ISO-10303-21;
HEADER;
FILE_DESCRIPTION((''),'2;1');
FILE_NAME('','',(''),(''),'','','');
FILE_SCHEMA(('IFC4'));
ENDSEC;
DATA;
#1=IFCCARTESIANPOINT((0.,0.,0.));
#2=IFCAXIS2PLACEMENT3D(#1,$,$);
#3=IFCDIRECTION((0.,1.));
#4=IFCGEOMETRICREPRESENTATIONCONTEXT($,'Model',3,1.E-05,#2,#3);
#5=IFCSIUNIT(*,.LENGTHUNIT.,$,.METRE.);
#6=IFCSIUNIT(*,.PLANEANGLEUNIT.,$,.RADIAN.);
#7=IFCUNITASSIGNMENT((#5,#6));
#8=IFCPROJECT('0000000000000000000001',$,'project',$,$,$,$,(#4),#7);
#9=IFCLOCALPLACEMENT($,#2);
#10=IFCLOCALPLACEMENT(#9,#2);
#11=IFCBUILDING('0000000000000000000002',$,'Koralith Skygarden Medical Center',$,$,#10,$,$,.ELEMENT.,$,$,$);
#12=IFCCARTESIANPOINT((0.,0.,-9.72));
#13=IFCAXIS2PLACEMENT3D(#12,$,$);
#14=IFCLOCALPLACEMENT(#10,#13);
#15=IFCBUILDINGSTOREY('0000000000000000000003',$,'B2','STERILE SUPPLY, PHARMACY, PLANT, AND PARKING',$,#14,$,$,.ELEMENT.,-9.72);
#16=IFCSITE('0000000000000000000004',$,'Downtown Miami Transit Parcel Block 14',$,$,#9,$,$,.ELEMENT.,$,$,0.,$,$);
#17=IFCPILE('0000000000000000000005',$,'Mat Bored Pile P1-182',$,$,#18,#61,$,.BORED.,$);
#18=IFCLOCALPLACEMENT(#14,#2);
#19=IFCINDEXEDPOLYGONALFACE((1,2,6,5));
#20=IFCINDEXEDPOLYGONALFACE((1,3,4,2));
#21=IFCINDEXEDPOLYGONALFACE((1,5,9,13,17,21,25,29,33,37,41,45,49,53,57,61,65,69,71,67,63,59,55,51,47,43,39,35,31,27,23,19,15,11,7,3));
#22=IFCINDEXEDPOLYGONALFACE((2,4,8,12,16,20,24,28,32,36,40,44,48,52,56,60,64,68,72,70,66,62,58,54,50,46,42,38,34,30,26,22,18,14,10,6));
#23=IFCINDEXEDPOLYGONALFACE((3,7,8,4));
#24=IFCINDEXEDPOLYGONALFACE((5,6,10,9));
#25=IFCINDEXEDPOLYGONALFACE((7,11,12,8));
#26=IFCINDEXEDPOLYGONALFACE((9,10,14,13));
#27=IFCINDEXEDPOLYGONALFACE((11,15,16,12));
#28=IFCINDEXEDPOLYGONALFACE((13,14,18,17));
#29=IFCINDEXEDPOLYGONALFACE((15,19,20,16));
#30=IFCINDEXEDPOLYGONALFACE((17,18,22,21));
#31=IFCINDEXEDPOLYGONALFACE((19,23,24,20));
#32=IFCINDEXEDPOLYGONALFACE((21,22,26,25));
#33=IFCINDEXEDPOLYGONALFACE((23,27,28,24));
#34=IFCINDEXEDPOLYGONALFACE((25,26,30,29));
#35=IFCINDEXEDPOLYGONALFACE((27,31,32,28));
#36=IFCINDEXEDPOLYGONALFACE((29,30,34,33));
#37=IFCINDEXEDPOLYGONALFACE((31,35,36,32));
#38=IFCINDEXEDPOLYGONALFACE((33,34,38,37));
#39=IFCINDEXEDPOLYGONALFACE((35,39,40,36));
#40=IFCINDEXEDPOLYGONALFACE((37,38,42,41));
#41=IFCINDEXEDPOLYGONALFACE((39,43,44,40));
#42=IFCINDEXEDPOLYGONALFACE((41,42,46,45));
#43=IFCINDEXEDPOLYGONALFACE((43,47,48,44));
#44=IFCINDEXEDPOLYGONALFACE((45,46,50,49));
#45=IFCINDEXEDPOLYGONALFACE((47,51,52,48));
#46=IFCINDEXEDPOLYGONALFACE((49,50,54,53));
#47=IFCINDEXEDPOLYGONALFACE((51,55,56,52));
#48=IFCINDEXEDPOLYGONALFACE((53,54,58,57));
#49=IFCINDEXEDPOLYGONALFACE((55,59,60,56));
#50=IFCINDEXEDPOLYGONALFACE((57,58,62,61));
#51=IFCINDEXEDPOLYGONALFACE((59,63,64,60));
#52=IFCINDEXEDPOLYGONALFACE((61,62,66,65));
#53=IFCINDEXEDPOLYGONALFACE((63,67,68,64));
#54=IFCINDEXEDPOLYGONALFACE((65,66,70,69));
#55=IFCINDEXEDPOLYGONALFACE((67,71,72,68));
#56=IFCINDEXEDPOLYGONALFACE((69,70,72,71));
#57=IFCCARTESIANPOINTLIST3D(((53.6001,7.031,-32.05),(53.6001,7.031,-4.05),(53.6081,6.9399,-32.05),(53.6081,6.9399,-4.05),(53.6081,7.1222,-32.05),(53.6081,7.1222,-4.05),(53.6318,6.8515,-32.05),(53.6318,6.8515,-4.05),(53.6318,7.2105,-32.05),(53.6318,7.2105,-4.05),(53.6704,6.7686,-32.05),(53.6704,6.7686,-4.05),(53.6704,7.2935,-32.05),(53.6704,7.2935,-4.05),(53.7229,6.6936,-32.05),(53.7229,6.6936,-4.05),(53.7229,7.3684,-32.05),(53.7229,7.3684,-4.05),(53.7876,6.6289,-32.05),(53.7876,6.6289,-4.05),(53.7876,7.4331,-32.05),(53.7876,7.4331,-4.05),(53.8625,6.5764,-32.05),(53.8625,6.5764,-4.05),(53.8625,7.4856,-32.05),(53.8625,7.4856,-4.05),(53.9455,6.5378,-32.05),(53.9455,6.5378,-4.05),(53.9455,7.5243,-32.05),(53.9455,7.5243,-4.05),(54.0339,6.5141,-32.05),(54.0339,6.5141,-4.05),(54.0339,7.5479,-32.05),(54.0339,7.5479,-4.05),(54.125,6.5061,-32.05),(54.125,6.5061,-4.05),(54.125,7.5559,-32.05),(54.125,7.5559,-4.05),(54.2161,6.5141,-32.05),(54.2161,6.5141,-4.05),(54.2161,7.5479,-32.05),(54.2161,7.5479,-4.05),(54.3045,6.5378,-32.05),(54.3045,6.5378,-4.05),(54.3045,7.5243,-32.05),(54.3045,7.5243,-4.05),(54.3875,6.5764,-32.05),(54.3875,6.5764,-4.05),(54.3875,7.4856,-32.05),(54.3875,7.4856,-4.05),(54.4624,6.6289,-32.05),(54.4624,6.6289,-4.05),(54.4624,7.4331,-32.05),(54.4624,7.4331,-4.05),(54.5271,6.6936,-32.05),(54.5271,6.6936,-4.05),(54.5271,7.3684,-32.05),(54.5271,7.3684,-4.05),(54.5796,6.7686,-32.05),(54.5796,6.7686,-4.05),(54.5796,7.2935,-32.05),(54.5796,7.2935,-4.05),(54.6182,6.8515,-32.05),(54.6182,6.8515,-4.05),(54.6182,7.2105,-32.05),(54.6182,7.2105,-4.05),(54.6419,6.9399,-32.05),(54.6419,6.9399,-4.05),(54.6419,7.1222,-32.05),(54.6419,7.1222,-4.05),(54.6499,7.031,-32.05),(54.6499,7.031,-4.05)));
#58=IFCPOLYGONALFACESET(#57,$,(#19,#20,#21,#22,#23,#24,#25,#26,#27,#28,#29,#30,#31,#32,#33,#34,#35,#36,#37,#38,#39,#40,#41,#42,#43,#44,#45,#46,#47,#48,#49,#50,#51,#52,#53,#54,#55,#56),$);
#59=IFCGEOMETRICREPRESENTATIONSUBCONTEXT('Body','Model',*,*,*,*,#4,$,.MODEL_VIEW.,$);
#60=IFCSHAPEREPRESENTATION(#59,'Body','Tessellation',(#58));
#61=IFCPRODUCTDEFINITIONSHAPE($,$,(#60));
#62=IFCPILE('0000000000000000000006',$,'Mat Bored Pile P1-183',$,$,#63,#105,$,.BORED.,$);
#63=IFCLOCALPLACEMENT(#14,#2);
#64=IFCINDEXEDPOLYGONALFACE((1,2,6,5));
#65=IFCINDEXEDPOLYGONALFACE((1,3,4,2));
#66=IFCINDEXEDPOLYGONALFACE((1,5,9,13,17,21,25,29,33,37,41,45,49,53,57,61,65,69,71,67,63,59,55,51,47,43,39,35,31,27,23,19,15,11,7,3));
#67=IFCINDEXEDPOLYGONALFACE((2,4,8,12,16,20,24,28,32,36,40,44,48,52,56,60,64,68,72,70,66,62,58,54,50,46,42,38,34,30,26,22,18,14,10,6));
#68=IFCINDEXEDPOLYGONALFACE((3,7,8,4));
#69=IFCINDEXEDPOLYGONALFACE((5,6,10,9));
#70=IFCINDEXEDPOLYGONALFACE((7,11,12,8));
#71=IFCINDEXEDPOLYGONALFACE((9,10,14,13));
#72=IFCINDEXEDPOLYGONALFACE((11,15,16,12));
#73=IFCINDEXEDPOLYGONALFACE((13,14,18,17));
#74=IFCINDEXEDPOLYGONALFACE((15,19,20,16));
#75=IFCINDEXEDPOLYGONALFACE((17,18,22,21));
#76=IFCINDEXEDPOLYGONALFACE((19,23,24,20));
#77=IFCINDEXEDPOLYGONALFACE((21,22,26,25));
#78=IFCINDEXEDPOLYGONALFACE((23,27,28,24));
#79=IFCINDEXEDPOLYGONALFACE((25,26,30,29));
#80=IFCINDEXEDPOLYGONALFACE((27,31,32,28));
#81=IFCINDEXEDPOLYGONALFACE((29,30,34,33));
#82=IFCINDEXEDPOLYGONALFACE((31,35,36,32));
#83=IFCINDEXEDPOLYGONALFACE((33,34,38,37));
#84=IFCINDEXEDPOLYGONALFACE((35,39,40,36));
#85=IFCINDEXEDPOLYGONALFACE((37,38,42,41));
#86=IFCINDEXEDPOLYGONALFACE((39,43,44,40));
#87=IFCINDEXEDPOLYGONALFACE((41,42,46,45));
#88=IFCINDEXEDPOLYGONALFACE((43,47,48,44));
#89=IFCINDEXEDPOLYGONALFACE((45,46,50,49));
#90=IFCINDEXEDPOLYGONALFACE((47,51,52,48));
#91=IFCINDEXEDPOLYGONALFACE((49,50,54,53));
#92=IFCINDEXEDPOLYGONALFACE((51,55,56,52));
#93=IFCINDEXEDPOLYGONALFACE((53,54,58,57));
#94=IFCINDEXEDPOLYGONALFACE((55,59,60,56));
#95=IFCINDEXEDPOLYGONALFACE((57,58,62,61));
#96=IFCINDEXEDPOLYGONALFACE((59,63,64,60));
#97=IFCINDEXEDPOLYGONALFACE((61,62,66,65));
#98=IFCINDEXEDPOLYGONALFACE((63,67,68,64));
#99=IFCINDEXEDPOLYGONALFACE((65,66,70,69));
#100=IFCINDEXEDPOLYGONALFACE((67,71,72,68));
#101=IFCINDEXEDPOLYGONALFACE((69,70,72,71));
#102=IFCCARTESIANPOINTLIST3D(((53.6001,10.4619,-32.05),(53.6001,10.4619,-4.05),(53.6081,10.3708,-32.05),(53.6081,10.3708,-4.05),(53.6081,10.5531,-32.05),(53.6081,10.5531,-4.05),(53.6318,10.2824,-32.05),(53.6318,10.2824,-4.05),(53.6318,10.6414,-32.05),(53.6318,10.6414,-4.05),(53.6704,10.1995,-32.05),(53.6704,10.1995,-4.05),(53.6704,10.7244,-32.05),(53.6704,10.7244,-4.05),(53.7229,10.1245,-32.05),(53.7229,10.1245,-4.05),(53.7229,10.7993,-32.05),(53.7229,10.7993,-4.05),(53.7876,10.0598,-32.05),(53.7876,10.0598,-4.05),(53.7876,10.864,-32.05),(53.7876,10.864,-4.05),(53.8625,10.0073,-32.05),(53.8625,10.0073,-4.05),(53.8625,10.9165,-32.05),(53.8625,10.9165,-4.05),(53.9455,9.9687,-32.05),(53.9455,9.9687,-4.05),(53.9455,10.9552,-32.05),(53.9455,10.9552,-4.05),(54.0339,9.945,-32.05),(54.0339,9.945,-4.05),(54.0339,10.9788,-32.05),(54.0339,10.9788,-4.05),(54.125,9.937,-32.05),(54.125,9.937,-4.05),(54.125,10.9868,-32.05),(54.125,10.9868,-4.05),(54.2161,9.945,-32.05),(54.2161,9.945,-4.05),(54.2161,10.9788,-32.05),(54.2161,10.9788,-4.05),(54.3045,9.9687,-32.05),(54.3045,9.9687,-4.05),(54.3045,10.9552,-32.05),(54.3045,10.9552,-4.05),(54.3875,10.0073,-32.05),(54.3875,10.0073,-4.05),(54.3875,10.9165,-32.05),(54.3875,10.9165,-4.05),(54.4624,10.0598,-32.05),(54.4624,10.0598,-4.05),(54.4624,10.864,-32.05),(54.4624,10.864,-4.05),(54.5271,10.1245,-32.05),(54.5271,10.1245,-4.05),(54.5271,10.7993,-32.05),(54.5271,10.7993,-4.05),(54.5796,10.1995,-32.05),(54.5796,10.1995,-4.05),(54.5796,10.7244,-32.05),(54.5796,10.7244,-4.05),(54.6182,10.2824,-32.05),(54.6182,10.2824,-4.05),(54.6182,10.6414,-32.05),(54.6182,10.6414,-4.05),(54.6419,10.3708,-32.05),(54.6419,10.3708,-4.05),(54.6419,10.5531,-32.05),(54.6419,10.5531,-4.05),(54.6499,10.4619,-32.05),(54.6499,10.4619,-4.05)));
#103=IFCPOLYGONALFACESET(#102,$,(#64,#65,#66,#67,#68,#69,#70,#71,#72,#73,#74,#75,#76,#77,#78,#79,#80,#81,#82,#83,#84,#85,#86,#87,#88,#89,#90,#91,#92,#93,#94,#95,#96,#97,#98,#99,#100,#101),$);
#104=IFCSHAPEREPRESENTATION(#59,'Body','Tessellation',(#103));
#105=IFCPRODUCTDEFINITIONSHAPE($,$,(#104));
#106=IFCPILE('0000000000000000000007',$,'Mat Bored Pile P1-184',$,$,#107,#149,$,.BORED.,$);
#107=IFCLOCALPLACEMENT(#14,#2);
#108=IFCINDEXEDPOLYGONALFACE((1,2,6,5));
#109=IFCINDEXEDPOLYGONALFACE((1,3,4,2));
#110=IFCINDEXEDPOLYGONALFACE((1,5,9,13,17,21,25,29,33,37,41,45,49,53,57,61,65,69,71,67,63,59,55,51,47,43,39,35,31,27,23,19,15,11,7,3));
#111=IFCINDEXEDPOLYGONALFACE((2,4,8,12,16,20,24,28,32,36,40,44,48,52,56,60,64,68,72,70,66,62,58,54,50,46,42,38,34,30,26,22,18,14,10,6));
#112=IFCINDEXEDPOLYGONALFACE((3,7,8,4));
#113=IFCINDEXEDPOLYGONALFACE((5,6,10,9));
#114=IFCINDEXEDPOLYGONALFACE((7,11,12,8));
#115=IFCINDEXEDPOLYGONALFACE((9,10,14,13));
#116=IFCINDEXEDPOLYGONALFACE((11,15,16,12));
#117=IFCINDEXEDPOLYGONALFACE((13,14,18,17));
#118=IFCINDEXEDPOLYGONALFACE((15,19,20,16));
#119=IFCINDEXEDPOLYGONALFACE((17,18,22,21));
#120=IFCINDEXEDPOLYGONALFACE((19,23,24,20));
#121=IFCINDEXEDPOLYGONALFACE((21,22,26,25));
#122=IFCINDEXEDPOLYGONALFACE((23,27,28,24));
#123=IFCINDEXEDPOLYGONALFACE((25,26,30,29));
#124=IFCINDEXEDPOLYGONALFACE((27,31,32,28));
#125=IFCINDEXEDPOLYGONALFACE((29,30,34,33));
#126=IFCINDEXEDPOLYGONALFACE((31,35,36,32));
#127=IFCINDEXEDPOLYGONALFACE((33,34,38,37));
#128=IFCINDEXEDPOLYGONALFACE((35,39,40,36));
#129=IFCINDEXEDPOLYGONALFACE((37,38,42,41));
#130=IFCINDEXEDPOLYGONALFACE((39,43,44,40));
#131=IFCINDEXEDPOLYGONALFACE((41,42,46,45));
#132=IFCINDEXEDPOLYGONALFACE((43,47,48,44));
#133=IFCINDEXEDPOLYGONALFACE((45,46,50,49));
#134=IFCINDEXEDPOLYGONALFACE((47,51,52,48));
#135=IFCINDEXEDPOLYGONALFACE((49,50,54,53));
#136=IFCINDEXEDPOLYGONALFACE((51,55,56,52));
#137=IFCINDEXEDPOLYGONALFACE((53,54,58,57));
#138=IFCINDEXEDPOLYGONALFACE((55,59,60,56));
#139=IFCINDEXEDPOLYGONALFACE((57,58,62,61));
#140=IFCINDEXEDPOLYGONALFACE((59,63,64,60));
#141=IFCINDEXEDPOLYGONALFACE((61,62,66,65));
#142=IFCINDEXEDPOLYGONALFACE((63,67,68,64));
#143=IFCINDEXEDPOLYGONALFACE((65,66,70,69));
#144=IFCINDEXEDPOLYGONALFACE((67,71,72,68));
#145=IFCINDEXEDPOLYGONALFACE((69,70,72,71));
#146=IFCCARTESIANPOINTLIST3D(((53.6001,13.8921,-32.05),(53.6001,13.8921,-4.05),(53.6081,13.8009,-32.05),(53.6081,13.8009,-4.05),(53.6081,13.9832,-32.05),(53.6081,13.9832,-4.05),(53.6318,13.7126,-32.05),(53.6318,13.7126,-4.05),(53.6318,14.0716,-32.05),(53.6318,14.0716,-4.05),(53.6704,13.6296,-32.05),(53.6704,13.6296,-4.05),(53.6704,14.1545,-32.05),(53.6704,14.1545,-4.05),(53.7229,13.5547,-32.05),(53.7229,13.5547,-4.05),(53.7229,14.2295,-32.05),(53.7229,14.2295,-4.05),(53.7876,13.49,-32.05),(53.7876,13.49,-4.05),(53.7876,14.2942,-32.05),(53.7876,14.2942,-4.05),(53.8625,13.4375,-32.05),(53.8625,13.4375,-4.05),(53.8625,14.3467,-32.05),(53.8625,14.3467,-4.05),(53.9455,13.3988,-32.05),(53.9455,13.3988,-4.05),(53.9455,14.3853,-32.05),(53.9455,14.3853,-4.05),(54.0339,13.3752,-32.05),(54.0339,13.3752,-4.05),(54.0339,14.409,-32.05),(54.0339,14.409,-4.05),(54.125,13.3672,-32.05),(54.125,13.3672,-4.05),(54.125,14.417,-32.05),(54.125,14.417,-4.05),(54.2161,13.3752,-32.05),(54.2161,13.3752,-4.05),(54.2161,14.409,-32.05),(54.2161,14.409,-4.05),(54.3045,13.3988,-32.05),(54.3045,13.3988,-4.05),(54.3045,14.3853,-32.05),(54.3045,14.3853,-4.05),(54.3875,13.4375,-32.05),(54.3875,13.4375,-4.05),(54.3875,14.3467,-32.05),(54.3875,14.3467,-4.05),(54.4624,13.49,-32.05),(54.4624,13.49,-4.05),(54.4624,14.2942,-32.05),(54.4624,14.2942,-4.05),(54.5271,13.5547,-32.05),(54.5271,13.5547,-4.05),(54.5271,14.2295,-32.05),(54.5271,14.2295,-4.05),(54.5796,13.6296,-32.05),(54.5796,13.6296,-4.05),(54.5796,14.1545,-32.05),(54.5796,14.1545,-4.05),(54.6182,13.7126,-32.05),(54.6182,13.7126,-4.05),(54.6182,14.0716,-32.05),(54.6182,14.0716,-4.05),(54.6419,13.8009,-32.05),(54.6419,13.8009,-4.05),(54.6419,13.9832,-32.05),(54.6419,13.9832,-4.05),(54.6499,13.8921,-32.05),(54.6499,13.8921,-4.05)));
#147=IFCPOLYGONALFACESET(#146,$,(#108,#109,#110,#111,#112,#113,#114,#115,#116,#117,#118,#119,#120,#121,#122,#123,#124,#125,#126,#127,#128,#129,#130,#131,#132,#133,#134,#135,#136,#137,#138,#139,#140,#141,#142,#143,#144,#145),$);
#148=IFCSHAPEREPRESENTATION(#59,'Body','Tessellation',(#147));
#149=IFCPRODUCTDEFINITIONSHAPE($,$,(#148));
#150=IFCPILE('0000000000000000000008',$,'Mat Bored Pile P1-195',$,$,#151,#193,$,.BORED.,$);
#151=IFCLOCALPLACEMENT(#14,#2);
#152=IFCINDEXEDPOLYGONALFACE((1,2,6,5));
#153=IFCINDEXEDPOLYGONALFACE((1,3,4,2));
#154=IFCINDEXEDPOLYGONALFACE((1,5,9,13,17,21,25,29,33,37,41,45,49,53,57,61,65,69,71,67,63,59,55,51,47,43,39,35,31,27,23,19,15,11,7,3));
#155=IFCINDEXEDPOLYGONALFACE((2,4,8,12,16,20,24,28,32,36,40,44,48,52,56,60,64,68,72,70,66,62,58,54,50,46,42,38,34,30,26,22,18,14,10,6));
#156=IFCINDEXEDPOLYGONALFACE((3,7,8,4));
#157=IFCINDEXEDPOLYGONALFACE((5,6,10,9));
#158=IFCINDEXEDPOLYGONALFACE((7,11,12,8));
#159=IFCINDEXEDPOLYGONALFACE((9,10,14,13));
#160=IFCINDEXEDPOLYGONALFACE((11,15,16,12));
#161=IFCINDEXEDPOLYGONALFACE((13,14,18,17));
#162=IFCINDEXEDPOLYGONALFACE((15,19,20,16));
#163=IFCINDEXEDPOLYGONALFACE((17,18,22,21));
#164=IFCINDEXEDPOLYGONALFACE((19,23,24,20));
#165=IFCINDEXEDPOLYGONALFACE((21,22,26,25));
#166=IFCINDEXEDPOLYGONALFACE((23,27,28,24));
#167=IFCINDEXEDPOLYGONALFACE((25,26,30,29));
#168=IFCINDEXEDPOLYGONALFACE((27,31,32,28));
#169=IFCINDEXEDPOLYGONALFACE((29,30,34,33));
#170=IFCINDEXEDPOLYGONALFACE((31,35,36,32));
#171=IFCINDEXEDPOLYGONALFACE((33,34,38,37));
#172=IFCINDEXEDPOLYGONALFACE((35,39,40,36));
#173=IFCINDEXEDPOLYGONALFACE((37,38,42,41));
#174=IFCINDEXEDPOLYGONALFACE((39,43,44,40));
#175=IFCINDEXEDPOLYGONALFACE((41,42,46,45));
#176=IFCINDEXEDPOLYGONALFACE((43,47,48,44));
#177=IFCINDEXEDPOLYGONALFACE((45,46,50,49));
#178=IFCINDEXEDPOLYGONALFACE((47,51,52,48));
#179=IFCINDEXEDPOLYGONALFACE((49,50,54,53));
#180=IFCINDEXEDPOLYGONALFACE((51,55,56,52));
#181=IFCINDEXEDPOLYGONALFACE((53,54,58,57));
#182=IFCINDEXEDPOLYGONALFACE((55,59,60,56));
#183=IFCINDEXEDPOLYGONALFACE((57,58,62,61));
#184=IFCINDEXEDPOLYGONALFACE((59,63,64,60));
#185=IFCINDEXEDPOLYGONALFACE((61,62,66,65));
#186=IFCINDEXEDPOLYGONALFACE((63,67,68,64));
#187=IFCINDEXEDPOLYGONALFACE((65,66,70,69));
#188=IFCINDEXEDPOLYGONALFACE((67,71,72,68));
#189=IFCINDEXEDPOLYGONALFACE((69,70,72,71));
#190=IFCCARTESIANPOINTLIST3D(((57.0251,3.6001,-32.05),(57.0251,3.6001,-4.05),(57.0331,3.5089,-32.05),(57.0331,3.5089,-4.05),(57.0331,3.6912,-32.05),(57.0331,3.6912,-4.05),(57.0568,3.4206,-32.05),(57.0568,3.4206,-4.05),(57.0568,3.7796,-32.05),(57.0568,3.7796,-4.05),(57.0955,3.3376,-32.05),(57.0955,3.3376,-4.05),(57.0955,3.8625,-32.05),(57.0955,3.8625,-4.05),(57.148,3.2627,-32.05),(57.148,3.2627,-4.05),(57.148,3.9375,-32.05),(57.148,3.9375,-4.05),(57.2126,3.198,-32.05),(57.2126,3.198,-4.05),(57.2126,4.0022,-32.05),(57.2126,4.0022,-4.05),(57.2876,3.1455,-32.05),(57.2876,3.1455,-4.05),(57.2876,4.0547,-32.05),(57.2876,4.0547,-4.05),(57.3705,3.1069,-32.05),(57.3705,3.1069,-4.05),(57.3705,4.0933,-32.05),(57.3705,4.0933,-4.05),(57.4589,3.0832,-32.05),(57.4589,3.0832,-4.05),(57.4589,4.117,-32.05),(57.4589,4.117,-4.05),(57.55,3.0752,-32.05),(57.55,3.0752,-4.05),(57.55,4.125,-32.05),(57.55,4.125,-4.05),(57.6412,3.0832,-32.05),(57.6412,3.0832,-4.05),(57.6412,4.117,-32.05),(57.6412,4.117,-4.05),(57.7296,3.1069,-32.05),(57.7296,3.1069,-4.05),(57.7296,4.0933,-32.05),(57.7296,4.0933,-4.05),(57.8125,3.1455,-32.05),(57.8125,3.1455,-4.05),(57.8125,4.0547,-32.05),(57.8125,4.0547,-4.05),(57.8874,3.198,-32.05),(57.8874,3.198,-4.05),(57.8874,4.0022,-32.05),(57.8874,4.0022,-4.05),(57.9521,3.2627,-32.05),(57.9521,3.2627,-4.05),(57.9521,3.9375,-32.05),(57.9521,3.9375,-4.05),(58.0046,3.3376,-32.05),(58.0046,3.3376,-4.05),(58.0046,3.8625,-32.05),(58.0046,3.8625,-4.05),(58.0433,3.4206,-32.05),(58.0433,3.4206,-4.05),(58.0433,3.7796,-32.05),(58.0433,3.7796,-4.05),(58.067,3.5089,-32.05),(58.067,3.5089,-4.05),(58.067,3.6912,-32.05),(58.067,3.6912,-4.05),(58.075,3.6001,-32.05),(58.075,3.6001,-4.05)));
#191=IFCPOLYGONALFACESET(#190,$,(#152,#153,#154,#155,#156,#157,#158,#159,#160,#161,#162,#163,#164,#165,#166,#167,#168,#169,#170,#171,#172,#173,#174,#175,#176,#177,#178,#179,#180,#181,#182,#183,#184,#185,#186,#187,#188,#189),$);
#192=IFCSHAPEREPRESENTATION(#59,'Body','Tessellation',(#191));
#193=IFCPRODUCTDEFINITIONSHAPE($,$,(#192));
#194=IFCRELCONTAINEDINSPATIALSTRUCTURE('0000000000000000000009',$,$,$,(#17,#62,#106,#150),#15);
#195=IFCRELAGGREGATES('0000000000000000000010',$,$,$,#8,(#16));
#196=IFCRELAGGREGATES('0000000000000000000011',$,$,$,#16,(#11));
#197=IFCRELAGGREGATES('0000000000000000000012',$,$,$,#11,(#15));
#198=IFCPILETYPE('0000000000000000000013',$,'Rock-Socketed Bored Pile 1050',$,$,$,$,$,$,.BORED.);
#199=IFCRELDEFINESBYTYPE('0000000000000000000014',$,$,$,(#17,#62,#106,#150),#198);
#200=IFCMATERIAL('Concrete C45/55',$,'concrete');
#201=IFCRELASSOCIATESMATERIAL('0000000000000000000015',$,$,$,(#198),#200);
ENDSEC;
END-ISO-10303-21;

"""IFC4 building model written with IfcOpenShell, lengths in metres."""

from ifc_helpers import new_model, si_unit, direction, frame, origin, origin_2d, place, context, subcontext, project, spatial, circle, extrude, material, material_profile, profile_set, type_object, element, save


model = new_model("IFC4")

# Units and contexts
model_context = context("Model", 3, precision=1e-05, world=origin(), true_north=direction((0.0, 1.0)))
body_context = subcontext(model_context, "Body", "Model", "MODEL_VIEW")
ifc_project = project(units=[si_unit("LENGTHUNIT", "METRE"), si_unit("PLANEANGLEUNIT", "RADIAN")], contexts=[model_context])

# Site, building, storey
site_placement = place(None, origin())
site = spatial("IfcSite", under=ifc_project, at=site_placement, Name="Downtown Miami Transit Parcel Block 14", CompositionType="ELEMENT", RefElevation=0.0)
building_placement = place(site_placement, origin())
building = spatial("IfcBuilding", under=site, at=building_placement, Name="Koralith Skygarden Medical Center", CompositionType="ELEMENT")
storey_placement = place(building_placement, frame((0.0, 0.0, -9.72)))
storey = spatial("IfcBuildingStorey", under=building, at=storey_placement, Name="B2", Description="STERILE SUPPLY, PHARMACY, PLANT, AND PARKING", CompositionType="ELEMENT", Elevation=-9.72)

# Piles
ifc_material_1 = material(Name="Concrete C45/55", Category="concrete")
ifc_material_profile_1 = material_profile(ifc_material_1, circle(Radius=0.5249, at=origin_2d()), Name="PILE1050")
ifc_profile_set_1 = profile_set([ifc_material_profile_1], Name="Concrete C45/55")
pile_type = type_object("IfcPileType", Name="Rock-Socketed Bored Pile 1050", PredefinedType="BORED", material=ifc_profile_set_1)
for number, where, z_axis, x_axis, name in (
    (1, (54.125, 7.031, -4.05), (0.0, 0.0, -1.0), (1.0, 0.0, 0.0), "Mat Bored Pile P1-182"),
    (2, (54.125, 10.4619, -4.05), (0.0, 0.0, -1.0), (1.0, 0.0, 0.0), "Mat Bored Pile P1-183"),
    (3, (54.125, 13.8921, -4.05), (0.0, 0.0, -1.0), (1.0, 0.0, 0.0), "Mat Bored Pile P1-184"),
    (4, (57.55, 3.6001, -4.05), (0.0, 0.0, -1.0), (1.0, 0.0, 0.0), "Mat Bored Pile P1-195"),
):
    element("IfcPile", number, at=place(storey_placement, frame(where, z_axis=z_axis, x_axis=x_axis)), inside=storey, type_object=pile_type, Name=name, PredefinedType="BORED", context=body_context, shape_type="SweptSolid", body=[
        extrude(circle(Radius=0.5249, at=origin_2d()), origin(), (0.0, 0.0, 1.0), 28.0),
    ])

save(model, "model.ifc")
